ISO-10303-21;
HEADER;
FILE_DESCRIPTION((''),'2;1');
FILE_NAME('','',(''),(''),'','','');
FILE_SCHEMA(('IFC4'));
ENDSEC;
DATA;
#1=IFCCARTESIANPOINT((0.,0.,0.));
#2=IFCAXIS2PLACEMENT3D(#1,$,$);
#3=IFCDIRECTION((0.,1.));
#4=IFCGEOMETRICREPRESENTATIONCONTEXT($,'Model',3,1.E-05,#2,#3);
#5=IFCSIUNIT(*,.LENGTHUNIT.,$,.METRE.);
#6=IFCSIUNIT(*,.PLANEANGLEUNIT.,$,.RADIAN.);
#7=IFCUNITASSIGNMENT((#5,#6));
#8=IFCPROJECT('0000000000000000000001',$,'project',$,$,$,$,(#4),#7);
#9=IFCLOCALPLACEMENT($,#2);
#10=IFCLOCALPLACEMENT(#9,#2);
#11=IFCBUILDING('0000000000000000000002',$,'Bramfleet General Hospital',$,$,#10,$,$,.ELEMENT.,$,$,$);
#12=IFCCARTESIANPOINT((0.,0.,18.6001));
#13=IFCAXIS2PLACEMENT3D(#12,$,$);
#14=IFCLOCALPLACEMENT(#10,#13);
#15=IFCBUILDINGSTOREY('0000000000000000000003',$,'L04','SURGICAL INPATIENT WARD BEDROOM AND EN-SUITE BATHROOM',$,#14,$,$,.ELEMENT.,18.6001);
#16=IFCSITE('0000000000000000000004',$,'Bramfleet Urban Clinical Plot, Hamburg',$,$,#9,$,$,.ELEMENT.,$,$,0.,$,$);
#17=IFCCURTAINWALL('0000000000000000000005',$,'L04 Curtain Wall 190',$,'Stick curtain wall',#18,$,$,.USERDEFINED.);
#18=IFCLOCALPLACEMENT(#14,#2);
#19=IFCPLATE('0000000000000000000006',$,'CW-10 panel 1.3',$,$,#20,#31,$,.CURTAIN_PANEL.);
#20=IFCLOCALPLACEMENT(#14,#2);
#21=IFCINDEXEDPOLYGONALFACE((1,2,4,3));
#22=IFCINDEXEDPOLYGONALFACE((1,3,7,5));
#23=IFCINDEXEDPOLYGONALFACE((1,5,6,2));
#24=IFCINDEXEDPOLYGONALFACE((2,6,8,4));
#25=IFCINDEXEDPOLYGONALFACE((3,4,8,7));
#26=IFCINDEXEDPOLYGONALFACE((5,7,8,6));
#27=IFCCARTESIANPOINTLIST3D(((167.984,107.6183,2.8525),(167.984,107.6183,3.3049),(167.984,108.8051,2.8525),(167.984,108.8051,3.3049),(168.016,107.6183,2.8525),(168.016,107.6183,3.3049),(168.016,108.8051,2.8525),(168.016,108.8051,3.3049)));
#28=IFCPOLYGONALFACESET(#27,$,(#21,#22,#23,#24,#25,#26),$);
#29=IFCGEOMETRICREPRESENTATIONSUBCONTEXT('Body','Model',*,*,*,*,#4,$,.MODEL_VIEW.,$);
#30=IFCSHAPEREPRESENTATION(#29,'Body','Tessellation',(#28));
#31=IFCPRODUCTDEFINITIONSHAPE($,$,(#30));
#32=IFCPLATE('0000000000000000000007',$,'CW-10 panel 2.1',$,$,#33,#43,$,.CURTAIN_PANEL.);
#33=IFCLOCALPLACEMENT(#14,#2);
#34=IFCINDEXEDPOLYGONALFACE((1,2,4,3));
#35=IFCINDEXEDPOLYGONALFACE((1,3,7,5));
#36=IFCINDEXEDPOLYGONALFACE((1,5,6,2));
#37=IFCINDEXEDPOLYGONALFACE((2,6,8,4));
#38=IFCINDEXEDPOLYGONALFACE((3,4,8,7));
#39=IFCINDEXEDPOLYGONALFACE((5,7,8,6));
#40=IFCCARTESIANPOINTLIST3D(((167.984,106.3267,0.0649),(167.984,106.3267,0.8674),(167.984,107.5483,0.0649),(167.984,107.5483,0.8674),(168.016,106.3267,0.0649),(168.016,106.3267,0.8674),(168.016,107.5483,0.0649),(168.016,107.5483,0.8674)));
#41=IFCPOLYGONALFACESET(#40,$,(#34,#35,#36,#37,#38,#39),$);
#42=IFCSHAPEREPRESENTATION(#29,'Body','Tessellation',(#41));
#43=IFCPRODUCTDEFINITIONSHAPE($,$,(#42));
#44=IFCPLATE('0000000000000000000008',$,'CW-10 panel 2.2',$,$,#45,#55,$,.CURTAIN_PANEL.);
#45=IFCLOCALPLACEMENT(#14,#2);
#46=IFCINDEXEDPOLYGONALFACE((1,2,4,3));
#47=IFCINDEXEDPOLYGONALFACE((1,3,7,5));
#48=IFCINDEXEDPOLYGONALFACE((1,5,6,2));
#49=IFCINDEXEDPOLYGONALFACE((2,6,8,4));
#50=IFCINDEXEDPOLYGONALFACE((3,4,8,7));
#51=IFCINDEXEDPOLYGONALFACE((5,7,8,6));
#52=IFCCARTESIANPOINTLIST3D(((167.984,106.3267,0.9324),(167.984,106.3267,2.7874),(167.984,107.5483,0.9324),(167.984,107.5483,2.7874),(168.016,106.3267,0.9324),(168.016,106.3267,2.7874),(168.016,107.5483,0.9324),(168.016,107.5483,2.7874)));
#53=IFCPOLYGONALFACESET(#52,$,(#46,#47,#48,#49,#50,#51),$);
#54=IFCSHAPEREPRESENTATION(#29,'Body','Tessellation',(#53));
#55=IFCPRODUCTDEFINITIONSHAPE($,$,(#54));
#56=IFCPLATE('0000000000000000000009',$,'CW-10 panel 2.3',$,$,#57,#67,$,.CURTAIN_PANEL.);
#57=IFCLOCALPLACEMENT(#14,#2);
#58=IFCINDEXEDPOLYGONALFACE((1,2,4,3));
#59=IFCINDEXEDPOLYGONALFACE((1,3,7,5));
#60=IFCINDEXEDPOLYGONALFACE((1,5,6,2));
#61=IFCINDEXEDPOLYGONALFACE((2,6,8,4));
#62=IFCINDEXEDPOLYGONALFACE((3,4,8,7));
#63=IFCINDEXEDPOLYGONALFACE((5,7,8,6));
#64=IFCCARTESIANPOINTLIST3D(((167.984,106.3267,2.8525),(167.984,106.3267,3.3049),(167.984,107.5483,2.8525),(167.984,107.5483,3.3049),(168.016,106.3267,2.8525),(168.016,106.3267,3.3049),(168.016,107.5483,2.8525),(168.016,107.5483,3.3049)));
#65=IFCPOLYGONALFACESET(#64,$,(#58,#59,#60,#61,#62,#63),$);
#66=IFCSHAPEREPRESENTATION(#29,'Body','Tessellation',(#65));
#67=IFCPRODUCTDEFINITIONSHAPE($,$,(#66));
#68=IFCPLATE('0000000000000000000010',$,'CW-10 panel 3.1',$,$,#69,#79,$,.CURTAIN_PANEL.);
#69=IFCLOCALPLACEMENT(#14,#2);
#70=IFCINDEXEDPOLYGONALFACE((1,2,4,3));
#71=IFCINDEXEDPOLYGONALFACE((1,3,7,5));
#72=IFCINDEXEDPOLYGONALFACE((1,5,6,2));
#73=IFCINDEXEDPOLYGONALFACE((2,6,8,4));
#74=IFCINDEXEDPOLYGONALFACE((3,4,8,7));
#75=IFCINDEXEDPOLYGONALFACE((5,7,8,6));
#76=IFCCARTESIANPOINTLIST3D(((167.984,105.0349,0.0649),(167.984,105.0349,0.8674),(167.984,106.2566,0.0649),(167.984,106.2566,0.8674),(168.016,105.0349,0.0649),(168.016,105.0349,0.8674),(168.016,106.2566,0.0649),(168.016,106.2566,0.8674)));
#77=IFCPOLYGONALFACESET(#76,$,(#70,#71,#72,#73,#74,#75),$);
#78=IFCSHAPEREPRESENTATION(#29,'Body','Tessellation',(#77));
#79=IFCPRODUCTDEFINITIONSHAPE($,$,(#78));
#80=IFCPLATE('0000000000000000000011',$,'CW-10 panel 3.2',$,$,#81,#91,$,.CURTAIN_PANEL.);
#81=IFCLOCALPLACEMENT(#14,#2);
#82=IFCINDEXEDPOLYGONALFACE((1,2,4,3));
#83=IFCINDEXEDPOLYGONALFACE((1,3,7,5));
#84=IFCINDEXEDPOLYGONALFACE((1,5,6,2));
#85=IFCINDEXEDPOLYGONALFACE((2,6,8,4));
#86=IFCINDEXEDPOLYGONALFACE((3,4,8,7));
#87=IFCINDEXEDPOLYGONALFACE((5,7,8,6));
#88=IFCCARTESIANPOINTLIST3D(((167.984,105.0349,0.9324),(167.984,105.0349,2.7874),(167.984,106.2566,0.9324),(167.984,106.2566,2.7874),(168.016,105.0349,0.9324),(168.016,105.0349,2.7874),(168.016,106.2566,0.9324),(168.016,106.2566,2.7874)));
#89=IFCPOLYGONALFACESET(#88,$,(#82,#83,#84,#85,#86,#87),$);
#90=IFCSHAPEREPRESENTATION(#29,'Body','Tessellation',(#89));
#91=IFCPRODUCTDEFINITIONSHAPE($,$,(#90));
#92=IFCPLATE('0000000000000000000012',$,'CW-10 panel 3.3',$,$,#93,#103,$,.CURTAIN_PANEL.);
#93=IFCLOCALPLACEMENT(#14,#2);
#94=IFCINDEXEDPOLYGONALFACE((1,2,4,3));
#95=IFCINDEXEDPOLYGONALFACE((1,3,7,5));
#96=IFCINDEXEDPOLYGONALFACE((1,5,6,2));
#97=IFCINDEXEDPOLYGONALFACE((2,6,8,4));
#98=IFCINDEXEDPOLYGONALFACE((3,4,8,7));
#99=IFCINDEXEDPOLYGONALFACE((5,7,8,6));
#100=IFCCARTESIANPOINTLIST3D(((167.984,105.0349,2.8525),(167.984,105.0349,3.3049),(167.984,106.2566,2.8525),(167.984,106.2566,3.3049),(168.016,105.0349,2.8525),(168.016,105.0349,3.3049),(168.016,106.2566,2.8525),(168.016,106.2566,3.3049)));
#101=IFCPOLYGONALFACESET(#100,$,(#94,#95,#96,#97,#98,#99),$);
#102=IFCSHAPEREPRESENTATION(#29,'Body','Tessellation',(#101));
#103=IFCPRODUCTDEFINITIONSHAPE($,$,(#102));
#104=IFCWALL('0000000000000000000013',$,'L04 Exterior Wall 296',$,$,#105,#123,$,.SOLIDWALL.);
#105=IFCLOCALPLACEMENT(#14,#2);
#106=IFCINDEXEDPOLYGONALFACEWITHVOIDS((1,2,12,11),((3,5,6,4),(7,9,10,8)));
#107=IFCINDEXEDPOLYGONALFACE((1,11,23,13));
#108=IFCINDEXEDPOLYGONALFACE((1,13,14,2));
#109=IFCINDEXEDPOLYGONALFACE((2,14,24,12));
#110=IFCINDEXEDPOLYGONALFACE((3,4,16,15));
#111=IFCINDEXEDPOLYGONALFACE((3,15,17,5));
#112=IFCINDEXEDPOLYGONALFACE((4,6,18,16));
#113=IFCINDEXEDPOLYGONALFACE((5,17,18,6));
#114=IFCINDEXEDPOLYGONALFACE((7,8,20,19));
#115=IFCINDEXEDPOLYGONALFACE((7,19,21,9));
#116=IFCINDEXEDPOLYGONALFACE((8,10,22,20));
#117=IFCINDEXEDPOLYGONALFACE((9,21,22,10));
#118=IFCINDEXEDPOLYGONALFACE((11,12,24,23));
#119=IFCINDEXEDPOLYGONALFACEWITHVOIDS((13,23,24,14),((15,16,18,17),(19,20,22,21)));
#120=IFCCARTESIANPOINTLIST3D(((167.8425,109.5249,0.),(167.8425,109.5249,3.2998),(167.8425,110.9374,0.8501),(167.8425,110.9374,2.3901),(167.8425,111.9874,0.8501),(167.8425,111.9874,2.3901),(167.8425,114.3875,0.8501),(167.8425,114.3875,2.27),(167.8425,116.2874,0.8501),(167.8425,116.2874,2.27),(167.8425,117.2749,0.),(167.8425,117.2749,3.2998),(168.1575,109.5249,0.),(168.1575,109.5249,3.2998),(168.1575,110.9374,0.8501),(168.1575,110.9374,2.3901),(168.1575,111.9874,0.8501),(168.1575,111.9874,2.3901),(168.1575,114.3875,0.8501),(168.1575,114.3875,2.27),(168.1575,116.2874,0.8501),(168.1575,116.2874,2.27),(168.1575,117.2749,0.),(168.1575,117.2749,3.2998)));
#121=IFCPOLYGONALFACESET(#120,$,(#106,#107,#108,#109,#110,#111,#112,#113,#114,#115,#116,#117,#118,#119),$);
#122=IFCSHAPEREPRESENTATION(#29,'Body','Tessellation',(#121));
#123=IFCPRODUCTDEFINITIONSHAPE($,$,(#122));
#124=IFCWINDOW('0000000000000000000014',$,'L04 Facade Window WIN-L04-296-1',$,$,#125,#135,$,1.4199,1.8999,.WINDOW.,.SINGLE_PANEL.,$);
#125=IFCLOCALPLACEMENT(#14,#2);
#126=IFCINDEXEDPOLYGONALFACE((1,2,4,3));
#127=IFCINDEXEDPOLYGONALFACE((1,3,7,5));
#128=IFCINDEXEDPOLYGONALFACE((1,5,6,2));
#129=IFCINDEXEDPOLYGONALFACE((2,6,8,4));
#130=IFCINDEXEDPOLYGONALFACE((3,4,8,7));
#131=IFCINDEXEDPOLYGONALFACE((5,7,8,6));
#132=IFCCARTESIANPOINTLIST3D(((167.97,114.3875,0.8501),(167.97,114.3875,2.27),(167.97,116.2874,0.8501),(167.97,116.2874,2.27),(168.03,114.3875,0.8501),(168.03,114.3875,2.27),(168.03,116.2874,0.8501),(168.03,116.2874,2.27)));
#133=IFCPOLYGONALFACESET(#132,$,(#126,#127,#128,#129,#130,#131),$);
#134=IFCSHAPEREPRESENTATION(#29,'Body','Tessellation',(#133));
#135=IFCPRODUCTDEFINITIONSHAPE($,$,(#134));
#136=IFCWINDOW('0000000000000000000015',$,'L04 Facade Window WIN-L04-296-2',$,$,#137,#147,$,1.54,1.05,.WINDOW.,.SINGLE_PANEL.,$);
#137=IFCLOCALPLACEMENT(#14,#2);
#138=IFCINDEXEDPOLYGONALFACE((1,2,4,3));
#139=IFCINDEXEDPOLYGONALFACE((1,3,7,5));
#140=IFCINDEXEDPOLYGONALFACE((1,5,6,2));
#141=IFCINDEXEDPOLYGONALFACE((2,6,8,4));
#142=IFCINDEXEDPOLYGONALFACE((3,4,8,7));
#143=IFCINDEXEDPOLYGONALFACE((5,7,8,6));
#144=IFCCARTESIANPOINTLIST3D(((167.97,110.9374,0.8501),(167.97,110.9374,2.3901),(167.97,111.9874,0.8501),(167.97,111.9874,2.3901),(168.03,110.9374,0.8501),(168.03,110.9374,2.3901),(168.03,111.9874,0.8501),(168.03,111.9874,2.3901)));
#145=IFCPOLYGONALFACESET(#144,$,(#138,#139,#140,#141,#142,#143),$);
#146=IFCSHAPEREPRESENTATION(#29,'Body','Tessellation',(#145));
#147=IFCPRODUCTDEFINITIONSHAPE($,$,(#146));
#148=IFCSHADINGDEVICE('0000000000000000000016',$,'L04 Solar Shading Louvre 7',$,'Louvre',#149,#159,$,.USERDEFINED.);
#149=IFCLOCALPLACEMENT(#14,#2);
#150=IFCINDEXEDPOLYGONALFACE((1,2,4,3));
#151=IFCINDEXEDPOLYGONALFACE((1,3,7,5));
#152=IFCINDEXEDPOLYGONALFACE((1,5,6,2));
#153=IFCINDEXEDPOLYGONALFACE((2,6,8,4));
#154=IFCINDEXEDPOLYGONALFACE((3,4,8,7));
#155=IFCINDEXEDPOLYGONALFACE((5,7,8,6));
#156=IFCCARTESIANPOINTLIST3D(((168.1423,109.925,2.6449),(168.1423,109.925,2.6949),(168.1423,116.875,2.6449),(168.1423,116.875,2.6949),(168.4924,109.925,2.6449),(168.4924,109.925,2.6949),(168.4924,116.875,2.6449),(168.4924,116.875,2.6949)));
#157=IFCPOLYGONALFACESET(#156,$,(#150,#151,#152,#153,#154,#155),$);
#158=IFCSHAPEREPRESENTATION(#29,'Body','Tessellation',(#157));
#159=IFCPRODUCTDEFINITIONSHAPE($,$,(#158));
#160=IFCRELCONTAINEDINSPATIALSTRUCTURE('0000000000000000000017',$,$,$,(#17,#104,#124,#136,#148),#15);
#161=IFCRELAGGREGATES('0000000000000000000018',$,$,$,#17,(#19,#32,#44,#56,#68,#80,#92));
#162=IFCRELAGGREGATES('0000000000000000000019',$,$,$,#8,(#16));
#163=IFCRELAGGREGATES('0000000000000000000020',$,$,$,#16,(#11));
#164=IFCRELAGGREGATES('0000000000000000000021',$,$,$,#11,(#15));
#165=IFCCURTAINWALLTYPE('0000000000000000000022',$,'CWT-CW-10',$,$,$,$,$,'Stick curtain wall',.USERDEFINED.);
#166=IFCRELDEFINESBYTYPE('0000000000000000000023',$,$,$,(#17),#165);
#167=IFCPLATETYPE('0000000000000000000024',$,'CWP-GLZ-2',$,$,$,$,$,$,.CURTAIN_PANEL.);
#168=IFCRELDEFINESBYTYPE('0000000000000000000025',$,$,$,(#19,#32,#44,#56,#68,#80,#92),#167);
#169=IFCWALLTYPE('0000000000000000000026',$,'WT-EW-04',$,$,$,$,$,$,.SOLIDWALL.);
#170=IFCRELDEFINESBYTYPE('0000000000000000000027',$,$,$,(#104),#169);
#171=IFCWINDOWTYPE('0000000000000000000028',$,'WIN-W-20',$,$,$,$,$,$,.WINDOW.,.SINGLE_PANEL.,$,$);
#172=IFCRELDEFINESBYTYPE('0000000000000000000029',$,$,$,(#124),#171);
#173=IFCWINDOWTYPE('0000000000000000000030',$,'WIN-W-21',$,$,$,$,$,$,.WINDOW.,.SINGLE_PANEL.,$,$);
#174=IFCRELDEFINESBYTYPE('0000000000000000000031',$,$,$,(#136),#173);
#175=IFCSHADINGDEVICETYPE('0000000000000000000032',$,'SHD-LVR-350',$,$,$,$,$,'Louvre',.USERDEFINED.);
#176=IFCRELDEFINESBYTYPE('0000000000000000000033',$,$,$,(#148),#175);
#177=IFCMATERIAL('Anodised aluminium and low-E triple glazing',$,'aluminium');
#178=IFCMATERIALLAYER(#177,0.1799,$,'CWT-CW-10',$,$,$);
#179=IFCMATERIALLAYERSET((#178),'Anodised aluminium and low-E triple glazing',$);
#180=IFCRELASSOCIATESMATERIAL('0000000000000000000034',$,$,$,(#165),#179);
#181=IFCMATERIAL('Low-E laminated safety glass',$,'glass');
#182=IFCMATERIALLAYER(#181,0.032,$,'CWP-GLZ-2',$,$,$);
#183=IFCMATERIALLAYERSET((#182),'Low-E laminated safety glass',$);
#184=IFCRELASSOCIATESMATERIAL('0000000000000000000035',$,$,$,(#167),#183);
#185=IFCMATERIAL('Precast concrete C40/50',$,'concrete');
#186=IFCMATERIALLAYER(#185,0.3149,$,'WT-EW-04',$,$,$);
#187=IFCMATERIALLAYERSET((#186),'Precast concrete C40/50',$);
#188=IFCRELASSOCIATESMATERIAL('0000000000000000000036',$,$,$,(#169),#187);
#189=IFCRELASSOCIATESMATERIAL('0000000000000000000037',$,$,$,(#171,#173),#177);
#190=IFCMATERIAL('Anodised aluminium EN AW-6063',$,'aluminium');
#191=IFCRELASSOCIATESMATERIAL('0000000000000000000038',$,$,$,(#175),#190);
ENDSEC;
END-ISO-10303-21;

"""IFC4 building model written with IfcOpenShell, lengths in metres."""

from ifc_helpers import new_model, si_unit, direction, frame, frame_2d, origin, origin_2d, place, context, subcontext, project, spatial, rectangle, extrude, material, layer, layer_set, material_profile, profile_set, type_object, element, fill, aggregate, save


model = new_model("IFC4")

# Units and contexts
model_context = context("Model", 3, precision=1e-05, world=origin(), true_north=direction((0.0, 1.0)))
body_context = subcontext(model_context, "Body", "Model", "MODEL_VIEW")
ifc_project = project(units=[si_unit("LENGTHUNIT", "METRE"), si_unit("PLANEANGLEUNIT", "RADIAN")], contexts=[model_context])

# Site, building, storey
site_placement = place(None, origin())
site = spatial("IfcSite", under=ifc_project, at=site_placement, Name="Bramfleet Urban Clinical Plot, Hamburg", CompositionType="ELEMENT", RefElevation=0.0)
building_placement = place(site_placement, origin())
building = spatial("IfcBuilding", under=site, at=building_placement, Name="Bramfleet General Hospital", CompositionType="ELEMENT")
storey_placement = place(building_placement, frame((0.0, 0.0, 18.6001)))
storey = spatial("IfcBuildingStorey", under=building, at=storey_placement, Name="L04", Description="SURGICAL INPATIENT WARD BEDROOM AND EN-SUITE BATHROOM", CompositionType="ELEMENT", Elevation=18.6001)

# Curtain wall, plates
ifc_material_1 = material(Name="Anodised aluminium and low-E triple glazing", Category="aluminium")
ifc_layer_1 = layer(ifc_material_1, 0.1799, Name="CWT-CW-10")
ifc_layer_set_1 = layer_set([ifc_layer_1], Name="Anodised aluminium and low-E triple glazing")
curtain_wall_type = type_object("IfcCurtainWallType", Name="CWT-CW-10", ElementType="Stick curtain wall", PredefinedType="USERDEFINED", material=ifc_layer_set_1)
curtain_wall_placement = place(storey_placement, origin())
curtain_wall = element("IfcCurtainWall", 1, at=curtain_wall_placement, inside=storey, type_object=curtain_wall_type, Name="L04 Curtain Wall 190", ObjectType="Stick curtain wall", PredefinedType="USERDEFINED")
ifc_material_2 = material(Name="Low-E laminated safety glass", Category="glass")
ifc_layer_2 = layer(ifc_material_2, 0.032, Name="CWP-GLZ-2")
ifc_layer_set_2 = layer_set([ifc_layer_2], Name="Low-E laminated safety glass")
plate_type = type_object("IfcPlateType", Name="CWP-GLZ-2", PredefinedType="CURTAIN_PANEL", material=ifc_layer_set_2)
plate_1_placement = place(storey_placement, frame((168.0, 108.2117, 2.8525), z_axis=(0.0, 0.0, 1.0), x_axis=(0.0, -1.0, 0.0)))
plate_1 = element("IfcPlate", 2, at=plate_1_placement, type_object=plate_type, Name="CW-10 panel 1.3", PredefinedType="CURTAIN_PANEL", context=body_context, shape_type="SweptSolid", body=[
    extrude(rectangle(XDim=1.1868, YDim=0.032, at=origin_2d()), origin(), (0.0, 0.0, 1.0), 0.4524),
])
plate_2_placement = place(storey_placement, frame((168.0, 106.9375, 0.0649), z_axis=(0.0, 0.0, 1.0), x_axis=(0.0, -1.0, 0.0)))
plate_2 = element("IfcPlate", 3, at=plate_2_placement, type_object=plate_type, Name="CW-10 panel 2.1", PredefinedType="CURTAIN_PANEL", context=body_context, shape_type="SweptSolid", body=[
    extrude(rectangle(XDim=1.2217, YDim=0.032, at=origin_2d()), origin(), (0.0, 0.0, 1.0), 0.8025),
])
plate_3_placement = place(storey_placement, frame((168.0, 106.9375, 0.9324), z_axis=(0.0, 0.0, 1.0), x_axis=(0.0, -1.0, 0.0)))
plate_3 = element("IfcPlate", 4, at=plate_3_placement, type_object=plate_type, Name="CW-10 panel 2.2", PredefinedType="CURTAIN_PANEL", context=body_context, shape_type="SweptSolid", body=[
    extrude(rectangle(XDim=1.2217, YDim=0.032, at=origin_2d()), origin(), (0.0, 0.0, 1.0), 1.855),
])
plate_4_placement = place(storey_placement, frame((168.0, 106.9375, 2.8525), z_axis=(0.0, 0.0, 1.0), x_axis=(0.0, -1.0, 0.0)))
plate_4 = element("IfcPlate", 5, at=plate_4_placement, type_object=plate_type, Name="CW-10 panel 2.3", PredefinedType="CURTAIN_PANEL", context=body_context, shape_type="SweptSolid", body=[
    extrude(rectangle(XDim=1.2217, YDim=0.032, at=origin_2d()), origin(), (0.0, 0.0, 1.0), 0.4524),
])
plate_5_placement = place(storey_placement, frame((168.0, 105.6458, 0.0649), z_axis=(0.0, 0.0, 1.0), x_axis=(0.0, -1.0, 0.0)))
plate_5 = element("IfcPlate", 6, at=plate_5_placement, type_object=plate_type, Name="CW-10 panel 3.1", PredefinedType="CURTAIN_PANEL", context=body_context, shape_type="SweptSolid", body=[
    extrude(rectangle(XDim=1.2217, YDim=0.032, at=origin_2d()), origin(), (0.0, 0.0, 1.0), 0.8025),
])
plate_6_placement = place(storey_placement, frame((168.0, 105.6458, 0.9324), z_axis=(0.0, 0.0, 1.0), x_axis=(0.0, -1.0, 0.0)))
plate_6 = element("IfcPlate", 7, at=plate_6_placement, type_object=plate_type, Name="CW-10 panel 3.2", PredefinedType="CURTAIN_PANEL", context=body_context, shape_type="SweptSolid", body=[
    extrude(rectangle(XDim=1.2217, YDim=0.032, at=origin_2d()), origin(), (0.0, 0.0, 1.0), 1.855),
])
plate_7_placement = place(storey_placement, frame((168.0, 105.6458, 2.8525), z_axis=(0.0, 0.0, 1.0), x_axis=(0.0, -1.0, 0.0)))
plate_7 = element("IfcPlate", 8, at=plate_7_placement, type_object=plate_type, Name="CW-10 panel 3.3", PredefinedType="CURTAIN_PANEL", context=body_context, shape_type="SweptSolid", body=[
    extrude(rectangle(XDim=1.2217, YDim=0.032, at=origin_2d()), origin(), (0.0, 0.0, 1.0), 0.4524),
])
aggregate(curtain_wall, [plate_1, plate_2, plate_3, plate_4, plate_5, plate_6, plate_7])

# Wall, openings, windows
ifc_material_3 = material(Name="Precast concrete C40/50", Category="concrete")
ifc_layer_3 = layer(ifc_material_3, 0.3149, Name="WT-EW-04")
ifc_layer_set_3 = layer_set([ifc_layer_3], Name="Precast concrete C40/50")
wall_type = type_object("IfcWallType", Name="WT-EW-04", PredefinedType="SOLIDWALL", material=ifc_layer_set_3)
wall_placement = place(storey_placement, frame((168.0, 117.2749, 0.0), z_axis=(0.0, 0.0, 1.0), x_axis=(0.0, -1.0, 0.0)))
wall = element("IfcWall", 9, at=wall_placement, inside=storey, type_object=wall_type, Name="L04 Exterior Wall 296", PredefinedType="SOLIDWALL", context=body_context, shape_type="SweptSolid", body=[
    extrude(rectangle(XDim=7.75, YDim=0.3149, at=frame_2d((3.875, 0.0))), origin(), (0.0, 0.0, 1.0), 3.2998),
])
opening_1_placement = place(wall_placement, frame((0.9875, 0.0, 0.8501)))
opening_1 = element("IfcOpeningElement", 10, at=opening_1_placement, cuts=wall, PredefinedType="OPENING", context=body_context, shape_type="SweptSolid", body=[
    extrude(rectangle(XDim=1.8999, YDim=1.4199, at=frame_2d((0.95, 0.71))), frame((0.0, 0.1675, 0.0), z_axis=(0.0, -1.0, 0.0), x_axis=(1.0, 0.0, 0.0)), (0.0, 0.0, 1.0), 0.335),
])
opening_2_placement = place(wall_placement, frame((5.2876, 0.0, 0.8501)))
opening_2 = element("IfcOpeningElement", 11, at=opening_2_placement, cuts=wall, PredefinedType="OPENING", context=body_context, shape_type="SweptSolid", body=[
    extrude(rectangle(XDim=1.05, YDim=1.54, at=frame_2d((0.5249, 0.77))), frame((0.0, 0.1675, 0.0), z_axis=(0.0, -1.0, 0.0), x_axis=(1.0, 0.0, 0.0)), (0.0, 0.0, 1.0), 0.335),
])
window_type_1 = type_object("IfcWindowType", Name="WIN-W-20", PartitioningType="SINGLE_PANEL", PredefinedType="WINDOW", material=ifc_material_1)
window_1_placement = place(opening_1_placement, origin())
window_1 = element("IfcWindow", 12, at=window_1_placement, inside=storey, type_object=window_type_1, Name="L04 Facade Window WIN-L04-296-1", OverallHeight=1.4199, OverallWidth=1.8999, PartitioningType="SINGLE_PANEL", PredefinedType="WINDOW", context=body_context, shape_type="SweptSolid", body=[
    extrude(rectangle(XDim=1.8999, YDim=1.4199, at=frame_2d((0.95, 0.71))), frame((0.0, 0.03, 0.0), z_axis=(0.0, -1.0, 0.0), x_axis=(1.0, 0.0, 0.0)), (0.0, 0.0, 1.0), 0.0601),
])
fill(opening_1, window_1)
window_type_2 = type_object("IfcWindowType", Name="WIN-W-21", PartitioningType="SINGLE_PANEL", PredefinedType="WINDOW", material=ifc_material_1)
window_2_placement = place(opening_2_placement, origin())
window_2 = element("IfcWindow", 13, at=window_2_placement, inside=storey, type_object=window_type_2, Name="L04 Facade Window WIN-L04-296-2", OverallHeight=1.54, OverallWidth=1.05, PartitioningType="SINGLE_PANEL", PredefinedType="WINDOW", context=body_context, shape_type="SweptSolid", body=[
    extrude(rectangle(XDim=1.05, YDim=1.54, at=frame_2d((0.5249, 0.77))), frame((0.0, 0.03, 0.0), z_axis=(0.0, -1.0, 0.0), x_axis=(1.0, 0.0, 0.0)), (0.0, 0.0, 1.0), 0.0601),
])
fill(opening_2, window_2)

# Shading device
ifc_material_4 = material(Name="Anodised aluminium EN AW-6063", Category="aluminium")
ifc_material_profile_1 = material_profile(ifc_material_4, rectangle(XDim=0.05, YDim=0.3501, at=origin_2d()), Name="ALU LOUVRE 350x50")
ifc_profile_set_1 = profile_set([ifc_material_profile_1], Name="Anodised aluminium EN AW-6063")
shading_device_type = type_object("IfcShadingDeviceType", Name="SHD-LVR-350", ElementType="Louvre", PredefinedType="USERDEFINED", material=ifc_profile_set_1)
shading_device_placement = place(storey_placement, frame((168.3174, 116.875, 2.6699), z_axis=(0.0, -1.0, 0.0), x_axis=(0.0, 0.0, 1.0)))
element("IfcShadingDevice", 14, at=shading_device_placement, inside=storey, type_object=shading_device_type, Name="L04 Solar Shading Louvre 7", ObjectType="Louvre", PredefinedType="USERDEFINED", context=body_context, shape_type="SweptSolid", body=[
    extrude(rectangle(XDim=0.05, YDim=0.3501, at=origin_2d()), origin(), (0.0, 0.0, 1.0), 6.95),
])

save(model, "model.ifc")
